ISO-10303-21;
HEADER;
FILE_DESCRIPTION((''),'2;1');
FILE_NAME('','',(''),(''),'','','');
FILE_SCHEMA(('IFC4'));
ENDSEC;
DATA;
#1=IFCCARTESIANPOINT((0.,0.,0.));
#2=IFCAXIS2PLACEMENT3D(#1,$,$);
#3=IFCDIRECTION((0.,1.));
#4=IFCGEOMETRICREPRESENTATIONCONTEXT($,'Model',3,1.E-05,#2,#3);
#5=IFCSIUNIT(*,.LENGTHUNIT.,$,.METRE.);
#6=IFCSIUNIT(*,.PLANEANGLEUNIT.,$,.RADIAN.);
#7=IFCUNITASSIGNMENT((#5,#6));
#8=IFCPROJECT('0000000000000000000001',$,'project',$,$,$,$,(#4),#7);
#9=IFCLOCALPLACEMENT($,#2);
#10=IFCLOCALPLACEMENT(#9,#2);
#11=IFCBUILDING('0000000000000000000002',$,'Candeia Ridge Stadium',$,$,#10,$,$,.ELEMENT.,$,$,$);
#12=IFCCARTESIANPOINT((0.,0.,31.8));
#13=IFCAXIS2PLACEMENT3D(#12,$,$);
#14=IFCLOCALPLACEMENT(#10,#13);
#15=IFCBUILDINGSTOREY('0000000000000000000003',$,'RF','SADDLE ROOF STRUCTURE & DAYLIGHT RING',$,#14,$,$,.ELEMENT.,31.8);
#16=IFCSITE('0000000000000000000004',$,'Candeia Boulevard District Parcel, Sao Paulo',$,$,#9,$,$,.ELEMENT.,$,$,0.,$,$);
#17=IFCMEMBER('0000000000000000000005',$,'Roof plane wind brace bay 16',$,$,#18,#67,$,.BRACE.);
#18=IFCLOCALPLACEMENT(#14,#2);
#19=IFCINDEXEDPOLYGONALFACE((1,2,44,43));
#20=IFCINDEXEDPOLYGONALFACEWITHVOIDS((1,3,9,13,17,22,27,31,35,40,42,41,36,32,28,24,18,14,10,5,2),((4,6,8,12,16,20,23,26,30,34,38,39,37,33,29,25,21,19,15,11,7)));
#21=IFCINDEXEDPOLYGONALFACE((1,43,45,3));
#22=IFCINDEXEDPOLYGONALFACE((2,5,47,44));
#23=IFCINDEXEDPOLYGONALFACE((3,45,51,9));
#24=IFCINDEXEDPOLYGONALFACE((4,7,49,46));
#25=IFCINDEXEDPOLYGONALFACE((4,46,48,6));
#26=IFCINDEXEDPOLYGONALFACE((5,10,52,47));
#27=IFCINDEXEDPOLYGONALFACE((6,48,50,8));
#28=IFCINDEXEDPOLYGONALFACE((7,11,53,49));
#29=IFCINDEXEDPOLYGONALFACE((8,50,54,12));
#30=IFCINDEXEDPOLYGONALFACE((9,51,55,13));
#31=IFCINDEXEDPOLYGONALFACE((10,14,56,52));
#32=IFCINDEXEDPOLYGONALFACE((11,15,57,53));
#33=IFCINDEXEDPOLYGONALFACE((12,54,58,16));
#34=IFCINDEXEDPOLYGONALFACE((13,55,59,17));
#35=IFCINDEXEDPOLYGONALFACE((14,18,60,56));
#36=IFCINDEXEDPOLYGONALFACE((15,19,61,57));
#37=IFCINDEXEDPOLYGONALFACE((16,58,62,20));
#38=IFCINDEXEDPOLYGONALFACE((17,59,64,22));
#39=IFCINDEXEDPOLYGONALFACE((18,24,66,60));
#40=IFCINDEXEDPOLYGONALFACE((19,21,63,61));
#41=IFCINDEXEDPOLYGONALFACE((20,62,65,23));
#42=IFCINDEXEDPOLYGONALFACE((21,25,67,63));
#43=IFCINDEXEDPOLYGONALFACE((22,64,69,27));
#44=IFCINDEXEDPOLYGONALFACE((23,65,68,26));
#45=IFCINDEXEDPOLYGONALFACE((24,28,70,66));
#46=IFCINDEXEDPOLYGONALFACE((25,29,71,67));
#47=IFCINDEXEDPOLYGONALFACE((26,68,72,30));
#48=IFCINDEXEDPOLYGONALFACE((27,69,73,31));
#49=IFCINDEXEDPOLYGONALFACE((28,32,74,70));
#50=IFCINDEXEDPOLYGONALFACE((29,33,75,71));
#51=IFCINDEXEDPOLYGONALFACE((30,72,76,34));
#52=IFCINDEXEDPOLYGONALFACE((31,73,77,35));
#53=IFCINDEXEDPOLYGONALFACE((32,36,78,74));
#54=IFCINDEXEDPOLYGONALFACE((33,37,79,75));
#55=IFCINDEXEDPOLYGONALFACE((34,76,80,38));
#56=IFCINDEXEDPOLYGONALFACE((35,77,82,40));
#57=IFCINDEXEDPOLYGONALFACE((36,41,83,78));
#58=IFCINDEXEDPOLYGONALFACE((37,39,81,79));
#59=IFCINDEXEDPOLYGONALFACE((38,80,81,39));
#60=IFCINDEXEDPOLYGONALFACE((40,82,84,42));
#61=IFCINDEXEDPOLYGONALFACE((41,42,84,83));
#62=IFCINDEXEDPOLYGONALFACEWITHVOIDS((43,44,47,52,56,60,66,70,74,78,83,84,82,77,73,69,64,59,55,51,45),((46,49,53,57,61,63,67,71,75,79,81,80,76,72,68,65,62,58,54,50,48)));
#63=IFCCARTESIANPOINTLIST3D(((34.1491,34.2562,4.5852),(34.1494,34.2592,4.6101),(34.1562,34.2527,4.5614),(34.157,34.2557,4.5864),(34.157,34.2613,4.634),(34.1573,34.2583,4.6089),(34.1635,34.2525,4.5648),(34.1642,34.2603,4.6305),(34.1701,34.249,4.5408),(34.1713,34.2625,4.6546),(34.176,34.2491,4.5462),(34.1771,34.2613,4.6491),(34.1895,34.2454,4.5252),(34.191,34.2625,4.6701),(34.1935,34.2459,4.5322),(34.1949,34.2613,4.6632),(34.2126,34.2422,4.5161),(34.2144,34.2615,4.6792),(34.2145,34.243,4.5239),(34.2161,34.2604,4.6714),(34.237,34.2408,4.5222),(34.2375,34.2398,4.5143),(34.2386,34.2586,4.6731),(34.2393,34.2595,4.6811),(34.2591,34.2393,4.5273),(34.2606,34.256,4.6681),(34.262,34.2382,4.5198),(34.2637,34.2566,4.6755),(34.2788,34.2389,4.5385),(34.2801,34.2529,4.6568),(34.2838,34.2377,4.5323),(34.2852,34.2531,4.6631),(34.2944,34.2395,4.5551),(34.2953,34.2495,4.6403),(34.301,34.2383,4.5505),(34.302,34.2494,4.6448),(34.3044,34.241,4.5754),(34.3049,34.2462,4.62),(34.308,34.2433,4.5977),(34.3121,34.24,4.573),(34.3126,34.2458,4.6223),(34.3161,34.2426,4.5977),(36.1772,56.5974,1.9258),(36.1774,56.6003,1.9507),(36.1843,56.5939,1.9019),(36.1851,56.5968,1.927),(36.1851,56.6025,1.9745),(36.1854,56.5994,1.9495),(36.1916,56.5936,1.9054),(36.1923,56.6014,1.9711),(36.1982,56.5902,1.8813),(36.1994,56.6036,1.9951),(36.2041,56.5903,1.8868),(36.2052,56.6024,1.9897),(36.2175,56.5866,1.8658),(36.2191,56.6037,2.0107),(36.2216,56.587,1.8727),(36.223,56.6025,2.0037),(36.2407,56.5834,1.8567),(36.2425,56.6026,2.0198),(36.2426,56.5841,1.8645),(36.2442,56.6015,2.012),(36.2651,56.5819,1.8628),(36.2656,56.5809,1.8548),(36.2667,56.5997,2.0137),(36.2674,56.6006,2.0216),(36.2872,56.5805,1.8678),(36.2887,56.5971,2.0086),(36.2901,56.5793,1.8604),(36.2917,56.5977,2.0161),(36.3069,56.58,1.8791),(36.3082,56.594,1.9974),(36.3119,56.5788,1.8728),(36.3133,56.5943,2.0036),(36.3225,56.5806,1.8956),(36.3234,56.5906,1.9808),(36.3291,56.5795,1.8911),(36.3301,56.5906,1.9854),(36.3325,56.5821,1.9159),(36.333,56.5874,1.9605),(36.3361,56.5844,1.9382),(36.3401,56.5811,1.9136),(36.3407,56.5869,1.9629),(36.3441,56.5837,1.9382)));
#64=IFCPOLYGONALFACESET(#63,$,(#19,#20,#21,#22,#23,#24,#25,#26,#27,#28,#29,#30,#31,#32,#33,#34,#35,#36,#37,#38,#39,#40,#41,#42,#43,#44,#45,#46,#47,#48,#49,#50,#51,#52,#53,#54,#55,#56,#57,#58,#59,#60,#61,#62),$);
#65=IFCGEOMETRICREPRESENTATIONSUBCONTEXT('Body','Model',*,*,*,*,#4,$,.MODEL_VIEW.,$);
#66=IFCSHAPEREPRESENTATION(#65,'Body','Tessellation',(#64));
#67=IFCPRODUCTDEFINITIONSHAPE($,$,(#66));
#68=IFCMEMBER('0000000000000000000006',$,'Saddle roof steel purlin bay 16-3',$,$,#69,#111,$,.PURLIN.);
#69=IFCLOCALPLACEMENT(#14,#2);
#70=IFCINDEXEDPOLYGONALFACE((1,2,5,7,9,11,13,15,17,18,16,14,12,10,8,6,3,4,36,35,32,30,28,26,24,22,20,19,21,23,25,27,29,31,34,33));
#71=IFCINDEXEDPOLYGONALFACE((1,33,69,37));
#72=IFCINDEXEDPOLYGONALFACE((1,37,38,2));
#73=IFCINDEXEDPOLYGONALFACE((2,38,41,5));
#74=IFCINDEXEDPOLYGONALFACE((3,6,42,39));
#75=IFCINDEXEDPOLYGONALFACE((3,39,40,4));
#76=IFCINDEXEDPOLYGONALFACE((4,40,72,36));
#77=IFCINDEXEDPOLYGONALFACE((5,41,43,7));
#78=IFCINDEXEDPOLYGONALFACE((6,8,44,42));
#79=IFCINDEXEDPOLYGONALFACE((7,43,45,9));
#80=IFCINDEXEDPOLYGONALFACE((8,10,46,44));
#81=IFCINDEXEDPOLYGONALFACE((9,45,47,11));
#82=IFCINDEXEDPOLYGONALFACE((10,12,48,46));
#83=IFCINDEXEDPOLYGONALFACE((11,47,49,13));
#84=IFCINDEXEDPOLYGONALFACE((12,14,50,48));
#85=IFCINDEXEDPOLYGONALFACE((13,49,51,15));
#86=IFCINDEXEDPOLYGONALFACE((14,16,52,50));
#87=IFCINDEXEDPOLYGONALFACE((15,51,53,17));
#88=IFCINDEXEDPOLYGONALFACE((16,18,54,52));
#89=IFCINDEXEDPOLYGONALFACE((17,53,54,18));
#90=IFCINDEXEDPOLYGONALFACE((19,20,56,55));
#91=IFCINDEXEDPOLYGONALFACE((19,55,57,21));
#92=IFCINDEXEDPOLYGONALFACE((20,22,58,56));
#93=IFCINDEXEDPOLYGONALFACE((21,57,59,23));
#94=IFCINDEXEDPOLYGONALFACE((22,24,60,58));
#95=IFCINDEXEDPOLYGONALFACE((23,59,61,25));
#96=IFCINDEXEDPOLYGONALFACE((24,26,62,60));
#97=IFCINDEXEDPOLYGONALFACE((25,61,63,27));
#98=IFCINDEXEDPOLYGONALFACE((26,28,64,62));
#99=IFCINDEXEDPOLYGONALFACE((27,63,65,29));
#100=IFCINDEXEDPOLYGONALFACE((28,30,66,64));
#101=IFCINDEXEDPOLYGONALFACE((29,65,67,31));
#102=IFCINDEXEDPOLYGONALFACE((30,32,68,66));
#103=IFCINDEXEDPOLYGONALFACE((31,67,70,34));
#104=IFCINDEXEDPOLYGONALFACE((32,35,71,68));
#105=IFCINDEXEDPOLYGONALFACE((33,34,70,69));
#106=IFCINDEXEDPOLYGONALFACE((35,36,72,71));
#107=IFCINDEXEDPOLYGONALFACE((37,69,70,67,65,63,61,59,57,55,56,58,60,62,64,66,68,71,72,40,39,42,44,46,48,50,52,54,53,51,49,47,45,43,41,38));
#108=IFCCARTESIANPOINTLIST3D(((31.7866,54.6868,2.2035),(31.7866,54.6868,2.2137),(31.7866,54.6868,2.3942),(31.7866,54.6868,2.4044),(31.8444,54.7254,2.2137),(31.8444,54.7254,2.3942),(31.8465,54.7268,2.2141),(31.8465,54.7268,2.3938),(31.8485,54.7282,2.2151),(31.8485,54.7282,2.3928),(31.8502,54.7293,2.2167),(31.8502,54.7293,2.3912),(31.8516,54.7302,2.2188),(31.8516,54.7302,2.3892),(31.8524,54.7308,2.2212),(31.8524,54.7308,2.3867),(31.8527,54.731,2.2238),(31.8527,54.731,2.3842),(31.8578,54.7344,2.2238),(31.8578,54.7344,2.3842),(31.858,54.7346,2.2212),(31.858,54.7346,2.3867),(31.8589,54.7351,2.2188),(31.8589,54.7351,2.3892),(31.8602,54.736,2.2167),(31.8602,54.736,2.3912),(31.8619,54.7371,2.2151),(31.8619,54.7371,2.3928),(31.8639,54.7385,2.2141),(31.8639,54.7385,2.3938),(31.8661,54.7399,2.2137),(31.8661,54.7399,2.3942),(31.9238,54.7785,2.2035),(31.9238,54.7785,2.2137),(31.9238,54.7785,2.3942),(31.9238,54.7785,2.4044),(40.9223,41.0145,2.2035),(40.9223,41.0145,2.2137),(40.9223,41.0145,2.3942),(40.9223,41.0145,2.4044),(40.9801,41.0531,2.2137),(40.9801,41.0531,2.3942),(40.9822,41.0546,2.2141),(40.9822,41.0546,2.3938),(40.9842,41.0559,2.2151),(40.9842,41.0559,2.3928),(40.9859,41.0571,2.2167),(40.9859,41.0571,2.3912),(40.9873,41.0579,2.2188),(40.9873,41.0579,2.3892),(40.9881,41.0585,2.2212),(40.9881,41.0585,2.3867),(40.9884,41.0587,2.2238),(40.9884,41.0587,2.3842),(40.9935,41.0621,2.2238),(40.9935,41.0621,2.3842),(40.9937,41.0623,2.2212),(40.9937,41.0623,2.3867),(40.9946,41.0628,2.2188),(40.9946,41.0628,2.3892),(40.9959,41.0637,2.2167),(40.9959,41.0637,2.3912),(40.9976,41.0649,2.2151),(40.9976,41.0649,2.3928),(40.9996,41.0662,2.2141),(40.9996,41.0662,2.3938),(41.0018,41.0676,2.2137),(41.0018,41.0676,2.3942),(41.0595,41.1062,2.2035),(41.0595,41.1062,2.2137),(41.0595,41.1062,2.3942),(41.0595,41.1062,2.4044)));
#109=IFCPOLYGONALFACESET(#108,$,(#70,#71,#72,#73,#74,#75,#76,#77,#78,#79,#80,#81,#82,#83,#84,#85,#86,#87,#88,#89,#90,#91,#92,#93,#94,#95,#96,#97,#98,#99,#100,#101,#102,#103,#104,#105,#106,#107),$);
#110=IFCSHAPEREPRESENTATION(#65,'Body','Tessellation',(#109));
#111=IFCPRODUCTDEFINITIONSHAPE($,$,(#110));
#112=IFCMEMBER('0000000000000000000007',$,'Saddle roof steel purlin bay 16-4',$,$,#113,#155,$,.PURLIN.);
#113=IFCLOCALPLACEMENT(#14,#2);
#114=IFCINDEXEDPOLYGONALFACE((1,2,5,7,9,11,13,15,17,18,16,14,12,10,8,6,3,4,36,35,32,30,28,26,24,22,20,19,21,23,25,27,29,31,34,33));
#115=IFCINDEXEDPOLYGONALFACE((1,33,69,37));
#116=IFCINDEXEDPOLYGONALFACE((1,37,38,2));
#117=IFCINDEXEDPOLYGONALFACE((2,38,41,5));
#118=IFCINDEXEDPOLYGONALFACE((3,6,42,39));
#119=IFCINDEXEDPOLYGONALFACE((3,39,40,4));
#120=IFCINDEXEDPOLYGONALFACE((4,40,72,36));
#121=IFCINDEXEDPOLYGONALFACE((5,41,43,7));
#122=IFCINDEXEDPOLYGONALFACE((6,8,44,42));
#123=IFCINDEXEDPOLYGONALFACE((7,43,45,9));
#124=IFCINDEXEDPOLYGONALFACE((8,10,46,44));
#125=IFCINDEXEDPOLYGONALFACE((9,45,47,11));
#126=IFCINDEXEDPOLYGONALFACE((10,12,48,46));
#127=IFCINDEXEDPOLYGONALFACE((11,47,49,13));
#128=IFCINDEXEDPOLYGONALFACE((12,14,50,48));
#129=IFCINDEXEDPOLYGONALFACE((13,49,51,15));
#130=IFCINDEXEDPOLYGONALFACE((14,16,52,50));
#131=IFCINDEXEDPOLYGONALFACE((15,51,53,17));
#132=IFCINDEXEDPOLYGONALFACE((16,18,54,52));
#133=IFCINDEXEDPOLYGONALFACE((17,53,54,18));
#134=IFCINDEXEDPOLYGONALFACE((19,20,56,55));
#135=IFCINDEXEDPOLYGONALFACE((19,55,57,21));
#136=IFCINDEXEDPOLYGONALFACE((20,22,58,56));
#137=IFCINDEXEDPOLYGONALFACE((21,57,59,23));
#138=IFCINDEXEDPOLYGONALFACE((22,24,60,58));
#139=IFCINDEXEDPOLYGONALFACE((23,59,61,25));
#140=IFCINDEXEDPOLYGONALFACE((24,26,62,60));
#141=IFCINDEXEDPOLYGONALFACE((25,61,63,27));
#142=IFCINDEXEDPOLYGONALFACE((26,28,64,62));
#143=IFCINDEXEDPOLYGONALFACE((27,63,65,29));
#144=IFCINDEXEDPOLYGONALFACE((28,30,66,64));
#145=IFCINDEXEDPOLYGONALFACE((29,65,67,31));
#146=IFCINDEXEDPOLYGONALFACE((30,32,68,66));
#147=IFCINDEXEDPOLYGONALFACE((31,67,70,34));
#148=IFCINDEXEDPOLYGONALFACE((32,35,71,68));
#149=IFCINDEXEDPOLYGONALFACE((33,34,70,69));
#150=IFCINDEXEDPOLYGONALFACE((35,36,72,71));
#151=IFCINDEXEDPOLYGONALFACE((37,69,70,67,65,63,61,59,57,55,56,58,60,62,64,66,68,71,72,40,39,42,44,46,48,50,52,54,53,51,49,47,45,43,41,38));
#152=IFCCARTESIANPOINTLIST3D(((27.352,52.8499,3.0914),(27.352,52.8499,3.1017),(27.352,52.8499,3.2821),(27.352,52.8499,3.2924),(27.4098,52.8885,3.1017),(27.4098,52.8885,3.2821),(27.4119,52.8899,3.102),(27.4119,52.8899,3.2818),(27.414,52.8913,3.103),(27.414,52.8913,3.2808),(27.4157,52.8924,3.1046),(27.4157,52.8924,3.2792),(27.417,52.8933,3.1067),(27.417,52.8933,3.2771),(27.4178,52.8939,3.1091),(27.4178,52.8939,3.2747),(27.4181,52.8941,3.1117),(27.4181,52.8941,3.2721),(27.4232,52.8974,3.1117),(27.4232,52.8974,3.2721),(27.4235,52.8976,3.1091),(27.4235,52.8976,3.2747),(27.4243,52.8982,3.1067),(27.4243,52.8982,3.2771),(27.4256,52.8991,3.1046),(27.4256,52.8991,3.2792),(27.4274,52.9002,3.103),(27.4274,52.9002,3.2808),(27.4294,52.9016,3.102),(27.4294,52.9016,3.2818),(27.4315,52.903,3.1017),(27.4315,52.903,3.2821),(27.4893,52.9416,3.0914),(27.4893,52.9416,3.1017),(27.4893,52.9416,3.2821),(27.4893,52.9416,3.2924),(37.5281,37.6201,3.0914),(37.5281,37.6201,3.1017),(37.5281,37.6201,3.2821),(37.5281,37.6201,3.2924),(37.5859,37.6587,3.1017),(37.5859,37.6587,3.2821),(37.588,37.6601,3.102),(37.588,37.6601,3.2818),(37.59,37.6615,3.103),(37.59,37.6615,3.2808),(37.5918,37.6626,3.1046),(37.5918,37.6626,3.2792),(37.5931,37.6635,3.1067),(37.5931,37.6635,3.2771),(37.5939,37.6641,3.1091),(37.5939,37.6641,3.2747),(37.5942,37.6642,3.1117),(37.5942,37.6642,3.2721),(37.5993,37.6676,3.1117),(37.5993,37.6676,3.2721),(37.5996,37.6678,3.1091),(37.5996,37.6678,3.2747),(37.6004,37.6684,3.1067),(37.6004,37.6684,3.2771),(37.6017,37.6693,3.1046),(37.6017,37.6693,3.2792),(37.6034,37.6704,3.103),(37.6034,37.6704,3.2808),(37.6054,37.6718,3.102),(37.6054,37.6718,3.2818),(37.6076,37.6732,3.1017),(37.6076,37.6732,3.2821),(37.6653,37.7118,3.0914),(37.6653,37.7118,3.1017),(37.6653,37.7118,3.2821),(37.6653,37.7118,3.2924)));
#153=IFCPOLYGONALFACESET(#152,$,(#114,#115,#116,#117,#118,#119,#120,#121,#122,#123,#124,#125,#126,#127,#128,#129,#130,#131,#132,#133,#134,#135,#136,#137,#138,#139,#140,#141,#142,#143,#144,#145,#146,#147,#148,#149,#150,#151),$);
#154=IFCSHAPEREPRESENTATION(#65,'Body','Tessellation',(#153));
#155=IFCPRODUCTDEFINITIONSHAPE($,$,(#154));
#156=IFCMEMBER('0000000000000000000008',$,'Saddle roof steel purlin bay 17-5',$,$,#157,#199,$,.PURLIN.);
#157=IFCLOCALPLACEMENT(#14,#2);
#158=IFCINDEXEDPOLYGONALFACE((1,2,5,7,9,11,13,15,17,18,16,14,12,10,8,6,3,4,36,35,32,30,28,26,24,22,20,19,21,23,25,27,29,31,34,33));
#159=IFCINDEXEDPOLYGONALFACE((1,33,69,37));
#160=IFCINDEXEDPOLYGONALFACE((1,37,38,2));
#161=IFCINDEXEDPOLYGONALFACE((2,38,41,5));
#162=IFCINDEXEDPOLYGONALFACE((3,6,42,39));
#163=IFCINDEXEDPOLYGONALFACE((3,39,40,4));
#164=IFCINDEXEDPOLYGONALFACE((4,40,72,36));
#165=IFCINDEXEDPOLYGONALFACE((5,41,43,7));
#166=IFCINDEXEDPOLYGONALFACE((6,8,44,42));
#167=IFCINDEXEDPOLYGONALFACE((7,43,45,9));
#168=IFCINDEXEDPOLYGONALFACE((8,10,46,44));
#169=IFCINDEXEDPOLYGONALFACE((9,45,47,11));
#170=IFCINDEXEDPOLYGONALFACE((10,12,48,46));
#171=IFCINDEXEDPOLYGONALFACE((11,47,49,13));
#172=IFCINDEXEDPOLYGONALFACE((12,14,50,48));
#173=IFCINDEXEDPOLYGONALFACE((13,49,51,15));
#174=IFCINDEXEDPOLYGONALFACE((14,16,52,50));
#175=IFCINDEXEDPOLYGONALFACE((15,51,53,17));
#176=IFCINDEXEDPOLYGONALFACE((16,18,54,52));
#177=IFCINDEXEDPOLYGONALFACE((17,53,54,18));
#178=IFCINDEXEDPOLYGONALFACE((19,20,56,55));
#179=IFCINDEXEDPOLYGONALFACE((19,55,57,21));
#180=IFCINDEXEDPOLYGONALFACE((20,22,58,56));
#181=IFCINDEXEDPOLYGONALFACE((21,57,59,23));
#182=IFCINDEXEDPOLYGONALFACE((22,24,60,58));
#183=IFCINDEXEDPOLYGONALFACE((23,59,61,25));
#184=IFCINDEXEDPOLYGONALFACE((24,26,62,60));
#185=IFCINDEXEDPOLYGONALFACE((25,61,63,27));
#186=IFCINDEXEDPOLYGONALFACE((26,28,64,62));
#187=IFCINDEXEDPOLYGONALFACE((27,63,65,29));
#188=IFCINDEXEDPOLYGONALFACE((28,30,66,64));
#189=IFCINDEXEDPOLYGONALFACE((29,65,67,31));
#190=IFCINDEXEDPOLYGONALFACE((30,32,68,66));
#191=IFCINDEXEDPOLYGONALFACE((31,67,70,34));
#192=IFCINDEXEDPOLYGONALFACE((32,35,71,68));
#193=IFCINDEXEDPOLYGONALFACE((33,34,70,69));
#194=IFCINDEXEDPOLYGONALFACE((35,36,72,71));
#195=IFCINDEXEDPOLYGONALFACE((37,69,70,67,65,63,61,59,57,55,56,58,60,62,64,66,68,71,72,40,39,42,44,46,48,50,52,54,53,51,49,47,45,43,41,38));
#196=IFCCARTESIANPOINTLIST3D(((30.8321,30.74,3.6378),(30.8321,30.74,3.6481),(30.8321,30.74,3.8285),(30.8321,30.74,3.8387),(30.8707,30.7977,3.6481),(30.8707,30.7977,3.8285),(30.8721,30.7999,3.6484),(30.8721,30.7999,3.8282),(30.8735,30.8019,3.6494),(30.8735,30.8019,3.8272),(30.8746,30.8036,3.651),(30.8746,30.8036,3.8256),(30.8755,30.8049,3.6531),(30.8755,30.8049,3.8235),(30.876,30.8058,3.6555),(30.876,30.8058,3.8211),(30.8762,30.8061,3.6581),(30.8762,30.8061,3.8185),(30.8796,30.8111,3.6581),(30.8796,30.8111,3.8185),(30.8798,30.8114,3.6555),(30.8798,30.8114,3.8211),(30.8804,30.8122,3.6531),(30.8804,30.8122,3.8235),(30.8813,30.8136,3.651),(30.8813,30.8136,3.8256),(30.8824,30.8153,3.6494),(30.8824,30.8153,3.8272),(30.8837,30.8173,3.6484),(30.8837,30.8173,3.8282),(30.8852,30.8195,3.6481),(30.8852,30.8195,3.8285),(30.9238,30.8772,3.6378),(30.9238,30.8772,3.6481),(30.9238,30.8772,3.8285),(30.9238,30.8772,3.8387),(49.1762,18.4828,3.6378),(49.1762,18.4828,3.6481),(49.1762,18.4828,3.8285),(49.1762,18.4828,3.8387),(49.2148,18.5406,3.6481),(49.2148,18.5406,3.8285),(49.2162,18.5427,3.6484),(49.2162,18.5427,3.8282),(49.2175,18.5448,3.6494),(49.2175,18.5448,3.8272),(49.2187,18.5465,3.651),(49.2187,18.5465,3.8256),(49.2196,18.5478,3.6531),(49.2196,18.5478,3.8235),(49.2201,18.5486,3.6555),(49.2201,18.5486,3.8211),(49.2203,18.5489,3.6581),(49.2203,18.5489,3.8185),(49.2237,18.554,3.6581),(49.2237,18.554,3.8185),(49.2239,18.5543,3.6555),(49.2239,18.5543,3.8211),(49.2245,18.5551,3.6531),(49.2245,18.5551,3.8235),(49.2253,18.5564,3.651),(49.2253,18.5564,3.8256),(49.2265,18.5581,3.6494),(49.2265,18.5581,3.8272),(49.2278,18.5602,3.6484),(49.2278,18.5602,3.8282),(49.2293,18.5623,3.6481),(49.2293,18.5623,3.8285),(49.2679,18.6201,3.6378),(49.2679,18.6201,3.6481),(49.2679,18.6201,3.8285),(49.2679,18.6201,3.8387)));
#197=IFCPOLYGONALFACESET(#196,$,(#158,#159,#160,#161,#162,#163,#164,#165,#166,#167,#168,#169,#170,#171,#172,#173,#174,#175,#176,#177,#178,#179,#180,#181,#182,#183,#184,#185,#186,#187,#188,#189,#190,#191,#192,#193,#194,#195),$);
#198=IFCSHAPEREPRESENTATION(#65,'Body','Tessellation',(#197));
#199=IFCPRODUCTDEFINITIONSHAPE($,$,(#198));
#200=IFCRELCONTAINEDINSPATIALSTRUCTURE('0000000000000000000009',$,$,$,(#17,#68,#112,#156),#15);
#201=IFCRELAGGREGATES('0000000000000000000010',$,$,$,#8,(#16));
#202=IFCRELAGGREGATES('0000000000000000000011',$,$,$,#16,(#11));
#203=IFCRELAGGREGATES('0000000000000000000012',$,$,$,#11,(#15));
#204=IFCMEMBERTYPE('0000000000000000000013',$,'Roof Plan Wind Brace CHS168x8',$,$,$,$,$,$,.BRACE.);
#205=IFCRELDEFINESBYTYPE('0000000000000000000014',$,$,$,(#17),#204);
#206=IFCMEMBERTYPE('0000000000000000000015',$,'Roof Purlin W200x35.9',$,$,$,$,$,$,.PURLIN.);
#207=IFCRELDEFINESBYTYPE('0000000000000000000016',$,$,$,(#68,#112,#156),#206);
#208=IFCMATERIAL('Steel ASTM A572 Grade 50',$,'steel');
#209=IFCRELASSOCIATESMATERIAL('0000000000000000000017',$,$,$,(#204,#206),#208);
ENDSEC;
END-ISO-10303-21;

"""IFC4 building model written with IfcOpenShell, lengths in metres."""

from ifc_helpers import new_model, si_unit, direction, frame, origin, origin_2d, place, context, subcontext, project, spatial, hollow_circle, i_section, extrude, material, material_profile, profile_set, type_object, element, save


model = new_model("IFC4")

# Units and contexts
model_context = context("Model", 3, precision=1e-05, world=origin(), true_north=direction((0.0, 1.0)))
body_context = subcontext(model_context, "Body", "Model", "MODEL_VIEW")
ifc_project = project(units=[si_unit("LENGTHUNIT", "METRE"), si_unit("PLANEANGLEUNIT", "RADIAN")], contexts=[model_context])

# Site, building, storey
site_placement = place(None, origin())
site = spatial("IfcSite", under=ifc_project, at=site_placement, Name="Candeia Boulevard District Parcel, Sao Paulo", CompositionType="ELEMENT", RefElevation=0.0)
building_placement = place(site_placement, origin())
building = spatial("IfcBuilding", under=site, at=building_placement, Name="Candeia Ridge Stadium", CompositionType="ELEMENT")
storey_placement = place(building_placement, frame((0.0, 0.0, 31.8)))
storey = spatial("IfcBuildingStorey", under=building, at=storey_placement, Name="RF", Description="SADDLE ROOF STRUCTURE & DAYLIGHT RING", CompositionType="ELEMENT", Elevation=31.8)

# Shared definitions
ifc_material_1 = material(Name="Steel ASTM A572 Grade 50", Category="steel")

# Members
ifc_material_profile_1 = material_profile(ifc_material_1, hollow_circle(Radius=0.0842, WallThickness=0.0081, at=origin_2d()), Name="CHS168x8", Category="steel")
ifc_profile_set_1 = profile_set([ifc_material_profile_1], Name="Steel ASTM A572 Grade 50")
member_type_1 = type_object("IfcMemberType", Name="Roof Plan Wind Brace CHS168x8", PredefinedType="BRACE", material=ifc_profile_set_1)
member_1_placement = place(storey_placement, frame((36.2603, 56.5913, 1.9382), z_axis=(-0.089778, -0.98898, 0.117726), x_axis=(0.995905, -0.090406, 0.0)))
element("IfcMember", 1, at=member_1_placement, inside=storey, type_object=member_type_1, Name="Roof plane wind brace bay 16", PredefinedType="BRACE", context=body_context, shape_type="SweptSolid", body=[
    extrude(hollow_circle(Radius=0.0842, WallThickness=0.0081, at=origin_2d()), origin(), (0.0, 0.0, 1.0), 22.5901),
])
ifc_material_profile_2 = material_profile(ifc_material_1, i_section(OverallWidth=0.165, OverallDepth=0.2009, WebThickness=0.0061, FlangeThickness=0.0103, FilletRadius=0.01, at=origin_2d()), Name="W200x35.9", Category="steel")
ifc_profile_set_2 = profile_set([ifc_material_profile_2], Name="Steel ASTM A572 Grade 50")
member_type_2 = type_object("IfcMemberType", Name="Roof Purlin W200x35.9", PredefinedType="PURLIN", material=ifc_profile_set_2)
member_2_placement = place(storey_placement, frame((31.8552, 54.7327, 2.304), z_axis=(0.555577, -0.831465, 0.0), x_axis=(0.831465, 0.555577, 0.0)))
element("IfcMember", 2, at=member_2_placement, inside=storey, type_object=member_type_2, Name="Saddle roof steel purlin bay 16-3", PredefinedType="PURLIN", context=body_context, shape_type="SweptSolid", body=[
    extrude(i_section(OverallWidth=0.165, OverallDepth=0.2009, WebThickness=0.0061, FlangeThickness=0.0103, FilletRadius=0.01, at=origin_2d()), origin(), (0.0, 0.0, 1.0), 16.4436),
])
member_3_placement = place(storey_placement, frame((27.4207, 52.8958, 3.1919), z_axis=(0.555564, -0.831474, 0.0), x_axis=(0.831474, 0.555564, 0.0)))
element("IfcMember", 3, at=member_3_placement, inside=storey, type_object=member_type_2, Name="Saddle roof steel purlin bay 16-4", PredefinedType="PURLIN", context=body_context, shape_type="SweptSolid", body=[
    extrude(i_section(OverallWidth=0.165, OverallDepth=0.2009, WebThickness=0.0061, FlangeThickness=0.0103, FilletRadius=0.01, at=origin_2d()), origin(), (0.0, 0.0, 1.0), 18.3167),
])
member_4_placement = place(storey_placement, frame((30.8779, 30.8086, 3.7383), z_axis=(0.831469, -0.555571, 0.0), x_axis=(0.555571, 0.831469, 0.0)))
element("IfcMember", 4, at=member_4_placement, inside=storey, type_object=member_type_2, Name="Saddle roof steel purlin bay 17-5", PredefinedType="PURLIN", context=body_context, shape_type="SweptSolid", body=[
    extrude(i_section(OverallWidth=0.165, OverallDepth=0.2009, WebThickness=0.0061, FlangeThickness=0.0103, FilletRadius=0.01, at=origin_2d()), origin(), (0.0, 0.0, 1.0), 22.0623),
])

save(model, "model.ifc")
